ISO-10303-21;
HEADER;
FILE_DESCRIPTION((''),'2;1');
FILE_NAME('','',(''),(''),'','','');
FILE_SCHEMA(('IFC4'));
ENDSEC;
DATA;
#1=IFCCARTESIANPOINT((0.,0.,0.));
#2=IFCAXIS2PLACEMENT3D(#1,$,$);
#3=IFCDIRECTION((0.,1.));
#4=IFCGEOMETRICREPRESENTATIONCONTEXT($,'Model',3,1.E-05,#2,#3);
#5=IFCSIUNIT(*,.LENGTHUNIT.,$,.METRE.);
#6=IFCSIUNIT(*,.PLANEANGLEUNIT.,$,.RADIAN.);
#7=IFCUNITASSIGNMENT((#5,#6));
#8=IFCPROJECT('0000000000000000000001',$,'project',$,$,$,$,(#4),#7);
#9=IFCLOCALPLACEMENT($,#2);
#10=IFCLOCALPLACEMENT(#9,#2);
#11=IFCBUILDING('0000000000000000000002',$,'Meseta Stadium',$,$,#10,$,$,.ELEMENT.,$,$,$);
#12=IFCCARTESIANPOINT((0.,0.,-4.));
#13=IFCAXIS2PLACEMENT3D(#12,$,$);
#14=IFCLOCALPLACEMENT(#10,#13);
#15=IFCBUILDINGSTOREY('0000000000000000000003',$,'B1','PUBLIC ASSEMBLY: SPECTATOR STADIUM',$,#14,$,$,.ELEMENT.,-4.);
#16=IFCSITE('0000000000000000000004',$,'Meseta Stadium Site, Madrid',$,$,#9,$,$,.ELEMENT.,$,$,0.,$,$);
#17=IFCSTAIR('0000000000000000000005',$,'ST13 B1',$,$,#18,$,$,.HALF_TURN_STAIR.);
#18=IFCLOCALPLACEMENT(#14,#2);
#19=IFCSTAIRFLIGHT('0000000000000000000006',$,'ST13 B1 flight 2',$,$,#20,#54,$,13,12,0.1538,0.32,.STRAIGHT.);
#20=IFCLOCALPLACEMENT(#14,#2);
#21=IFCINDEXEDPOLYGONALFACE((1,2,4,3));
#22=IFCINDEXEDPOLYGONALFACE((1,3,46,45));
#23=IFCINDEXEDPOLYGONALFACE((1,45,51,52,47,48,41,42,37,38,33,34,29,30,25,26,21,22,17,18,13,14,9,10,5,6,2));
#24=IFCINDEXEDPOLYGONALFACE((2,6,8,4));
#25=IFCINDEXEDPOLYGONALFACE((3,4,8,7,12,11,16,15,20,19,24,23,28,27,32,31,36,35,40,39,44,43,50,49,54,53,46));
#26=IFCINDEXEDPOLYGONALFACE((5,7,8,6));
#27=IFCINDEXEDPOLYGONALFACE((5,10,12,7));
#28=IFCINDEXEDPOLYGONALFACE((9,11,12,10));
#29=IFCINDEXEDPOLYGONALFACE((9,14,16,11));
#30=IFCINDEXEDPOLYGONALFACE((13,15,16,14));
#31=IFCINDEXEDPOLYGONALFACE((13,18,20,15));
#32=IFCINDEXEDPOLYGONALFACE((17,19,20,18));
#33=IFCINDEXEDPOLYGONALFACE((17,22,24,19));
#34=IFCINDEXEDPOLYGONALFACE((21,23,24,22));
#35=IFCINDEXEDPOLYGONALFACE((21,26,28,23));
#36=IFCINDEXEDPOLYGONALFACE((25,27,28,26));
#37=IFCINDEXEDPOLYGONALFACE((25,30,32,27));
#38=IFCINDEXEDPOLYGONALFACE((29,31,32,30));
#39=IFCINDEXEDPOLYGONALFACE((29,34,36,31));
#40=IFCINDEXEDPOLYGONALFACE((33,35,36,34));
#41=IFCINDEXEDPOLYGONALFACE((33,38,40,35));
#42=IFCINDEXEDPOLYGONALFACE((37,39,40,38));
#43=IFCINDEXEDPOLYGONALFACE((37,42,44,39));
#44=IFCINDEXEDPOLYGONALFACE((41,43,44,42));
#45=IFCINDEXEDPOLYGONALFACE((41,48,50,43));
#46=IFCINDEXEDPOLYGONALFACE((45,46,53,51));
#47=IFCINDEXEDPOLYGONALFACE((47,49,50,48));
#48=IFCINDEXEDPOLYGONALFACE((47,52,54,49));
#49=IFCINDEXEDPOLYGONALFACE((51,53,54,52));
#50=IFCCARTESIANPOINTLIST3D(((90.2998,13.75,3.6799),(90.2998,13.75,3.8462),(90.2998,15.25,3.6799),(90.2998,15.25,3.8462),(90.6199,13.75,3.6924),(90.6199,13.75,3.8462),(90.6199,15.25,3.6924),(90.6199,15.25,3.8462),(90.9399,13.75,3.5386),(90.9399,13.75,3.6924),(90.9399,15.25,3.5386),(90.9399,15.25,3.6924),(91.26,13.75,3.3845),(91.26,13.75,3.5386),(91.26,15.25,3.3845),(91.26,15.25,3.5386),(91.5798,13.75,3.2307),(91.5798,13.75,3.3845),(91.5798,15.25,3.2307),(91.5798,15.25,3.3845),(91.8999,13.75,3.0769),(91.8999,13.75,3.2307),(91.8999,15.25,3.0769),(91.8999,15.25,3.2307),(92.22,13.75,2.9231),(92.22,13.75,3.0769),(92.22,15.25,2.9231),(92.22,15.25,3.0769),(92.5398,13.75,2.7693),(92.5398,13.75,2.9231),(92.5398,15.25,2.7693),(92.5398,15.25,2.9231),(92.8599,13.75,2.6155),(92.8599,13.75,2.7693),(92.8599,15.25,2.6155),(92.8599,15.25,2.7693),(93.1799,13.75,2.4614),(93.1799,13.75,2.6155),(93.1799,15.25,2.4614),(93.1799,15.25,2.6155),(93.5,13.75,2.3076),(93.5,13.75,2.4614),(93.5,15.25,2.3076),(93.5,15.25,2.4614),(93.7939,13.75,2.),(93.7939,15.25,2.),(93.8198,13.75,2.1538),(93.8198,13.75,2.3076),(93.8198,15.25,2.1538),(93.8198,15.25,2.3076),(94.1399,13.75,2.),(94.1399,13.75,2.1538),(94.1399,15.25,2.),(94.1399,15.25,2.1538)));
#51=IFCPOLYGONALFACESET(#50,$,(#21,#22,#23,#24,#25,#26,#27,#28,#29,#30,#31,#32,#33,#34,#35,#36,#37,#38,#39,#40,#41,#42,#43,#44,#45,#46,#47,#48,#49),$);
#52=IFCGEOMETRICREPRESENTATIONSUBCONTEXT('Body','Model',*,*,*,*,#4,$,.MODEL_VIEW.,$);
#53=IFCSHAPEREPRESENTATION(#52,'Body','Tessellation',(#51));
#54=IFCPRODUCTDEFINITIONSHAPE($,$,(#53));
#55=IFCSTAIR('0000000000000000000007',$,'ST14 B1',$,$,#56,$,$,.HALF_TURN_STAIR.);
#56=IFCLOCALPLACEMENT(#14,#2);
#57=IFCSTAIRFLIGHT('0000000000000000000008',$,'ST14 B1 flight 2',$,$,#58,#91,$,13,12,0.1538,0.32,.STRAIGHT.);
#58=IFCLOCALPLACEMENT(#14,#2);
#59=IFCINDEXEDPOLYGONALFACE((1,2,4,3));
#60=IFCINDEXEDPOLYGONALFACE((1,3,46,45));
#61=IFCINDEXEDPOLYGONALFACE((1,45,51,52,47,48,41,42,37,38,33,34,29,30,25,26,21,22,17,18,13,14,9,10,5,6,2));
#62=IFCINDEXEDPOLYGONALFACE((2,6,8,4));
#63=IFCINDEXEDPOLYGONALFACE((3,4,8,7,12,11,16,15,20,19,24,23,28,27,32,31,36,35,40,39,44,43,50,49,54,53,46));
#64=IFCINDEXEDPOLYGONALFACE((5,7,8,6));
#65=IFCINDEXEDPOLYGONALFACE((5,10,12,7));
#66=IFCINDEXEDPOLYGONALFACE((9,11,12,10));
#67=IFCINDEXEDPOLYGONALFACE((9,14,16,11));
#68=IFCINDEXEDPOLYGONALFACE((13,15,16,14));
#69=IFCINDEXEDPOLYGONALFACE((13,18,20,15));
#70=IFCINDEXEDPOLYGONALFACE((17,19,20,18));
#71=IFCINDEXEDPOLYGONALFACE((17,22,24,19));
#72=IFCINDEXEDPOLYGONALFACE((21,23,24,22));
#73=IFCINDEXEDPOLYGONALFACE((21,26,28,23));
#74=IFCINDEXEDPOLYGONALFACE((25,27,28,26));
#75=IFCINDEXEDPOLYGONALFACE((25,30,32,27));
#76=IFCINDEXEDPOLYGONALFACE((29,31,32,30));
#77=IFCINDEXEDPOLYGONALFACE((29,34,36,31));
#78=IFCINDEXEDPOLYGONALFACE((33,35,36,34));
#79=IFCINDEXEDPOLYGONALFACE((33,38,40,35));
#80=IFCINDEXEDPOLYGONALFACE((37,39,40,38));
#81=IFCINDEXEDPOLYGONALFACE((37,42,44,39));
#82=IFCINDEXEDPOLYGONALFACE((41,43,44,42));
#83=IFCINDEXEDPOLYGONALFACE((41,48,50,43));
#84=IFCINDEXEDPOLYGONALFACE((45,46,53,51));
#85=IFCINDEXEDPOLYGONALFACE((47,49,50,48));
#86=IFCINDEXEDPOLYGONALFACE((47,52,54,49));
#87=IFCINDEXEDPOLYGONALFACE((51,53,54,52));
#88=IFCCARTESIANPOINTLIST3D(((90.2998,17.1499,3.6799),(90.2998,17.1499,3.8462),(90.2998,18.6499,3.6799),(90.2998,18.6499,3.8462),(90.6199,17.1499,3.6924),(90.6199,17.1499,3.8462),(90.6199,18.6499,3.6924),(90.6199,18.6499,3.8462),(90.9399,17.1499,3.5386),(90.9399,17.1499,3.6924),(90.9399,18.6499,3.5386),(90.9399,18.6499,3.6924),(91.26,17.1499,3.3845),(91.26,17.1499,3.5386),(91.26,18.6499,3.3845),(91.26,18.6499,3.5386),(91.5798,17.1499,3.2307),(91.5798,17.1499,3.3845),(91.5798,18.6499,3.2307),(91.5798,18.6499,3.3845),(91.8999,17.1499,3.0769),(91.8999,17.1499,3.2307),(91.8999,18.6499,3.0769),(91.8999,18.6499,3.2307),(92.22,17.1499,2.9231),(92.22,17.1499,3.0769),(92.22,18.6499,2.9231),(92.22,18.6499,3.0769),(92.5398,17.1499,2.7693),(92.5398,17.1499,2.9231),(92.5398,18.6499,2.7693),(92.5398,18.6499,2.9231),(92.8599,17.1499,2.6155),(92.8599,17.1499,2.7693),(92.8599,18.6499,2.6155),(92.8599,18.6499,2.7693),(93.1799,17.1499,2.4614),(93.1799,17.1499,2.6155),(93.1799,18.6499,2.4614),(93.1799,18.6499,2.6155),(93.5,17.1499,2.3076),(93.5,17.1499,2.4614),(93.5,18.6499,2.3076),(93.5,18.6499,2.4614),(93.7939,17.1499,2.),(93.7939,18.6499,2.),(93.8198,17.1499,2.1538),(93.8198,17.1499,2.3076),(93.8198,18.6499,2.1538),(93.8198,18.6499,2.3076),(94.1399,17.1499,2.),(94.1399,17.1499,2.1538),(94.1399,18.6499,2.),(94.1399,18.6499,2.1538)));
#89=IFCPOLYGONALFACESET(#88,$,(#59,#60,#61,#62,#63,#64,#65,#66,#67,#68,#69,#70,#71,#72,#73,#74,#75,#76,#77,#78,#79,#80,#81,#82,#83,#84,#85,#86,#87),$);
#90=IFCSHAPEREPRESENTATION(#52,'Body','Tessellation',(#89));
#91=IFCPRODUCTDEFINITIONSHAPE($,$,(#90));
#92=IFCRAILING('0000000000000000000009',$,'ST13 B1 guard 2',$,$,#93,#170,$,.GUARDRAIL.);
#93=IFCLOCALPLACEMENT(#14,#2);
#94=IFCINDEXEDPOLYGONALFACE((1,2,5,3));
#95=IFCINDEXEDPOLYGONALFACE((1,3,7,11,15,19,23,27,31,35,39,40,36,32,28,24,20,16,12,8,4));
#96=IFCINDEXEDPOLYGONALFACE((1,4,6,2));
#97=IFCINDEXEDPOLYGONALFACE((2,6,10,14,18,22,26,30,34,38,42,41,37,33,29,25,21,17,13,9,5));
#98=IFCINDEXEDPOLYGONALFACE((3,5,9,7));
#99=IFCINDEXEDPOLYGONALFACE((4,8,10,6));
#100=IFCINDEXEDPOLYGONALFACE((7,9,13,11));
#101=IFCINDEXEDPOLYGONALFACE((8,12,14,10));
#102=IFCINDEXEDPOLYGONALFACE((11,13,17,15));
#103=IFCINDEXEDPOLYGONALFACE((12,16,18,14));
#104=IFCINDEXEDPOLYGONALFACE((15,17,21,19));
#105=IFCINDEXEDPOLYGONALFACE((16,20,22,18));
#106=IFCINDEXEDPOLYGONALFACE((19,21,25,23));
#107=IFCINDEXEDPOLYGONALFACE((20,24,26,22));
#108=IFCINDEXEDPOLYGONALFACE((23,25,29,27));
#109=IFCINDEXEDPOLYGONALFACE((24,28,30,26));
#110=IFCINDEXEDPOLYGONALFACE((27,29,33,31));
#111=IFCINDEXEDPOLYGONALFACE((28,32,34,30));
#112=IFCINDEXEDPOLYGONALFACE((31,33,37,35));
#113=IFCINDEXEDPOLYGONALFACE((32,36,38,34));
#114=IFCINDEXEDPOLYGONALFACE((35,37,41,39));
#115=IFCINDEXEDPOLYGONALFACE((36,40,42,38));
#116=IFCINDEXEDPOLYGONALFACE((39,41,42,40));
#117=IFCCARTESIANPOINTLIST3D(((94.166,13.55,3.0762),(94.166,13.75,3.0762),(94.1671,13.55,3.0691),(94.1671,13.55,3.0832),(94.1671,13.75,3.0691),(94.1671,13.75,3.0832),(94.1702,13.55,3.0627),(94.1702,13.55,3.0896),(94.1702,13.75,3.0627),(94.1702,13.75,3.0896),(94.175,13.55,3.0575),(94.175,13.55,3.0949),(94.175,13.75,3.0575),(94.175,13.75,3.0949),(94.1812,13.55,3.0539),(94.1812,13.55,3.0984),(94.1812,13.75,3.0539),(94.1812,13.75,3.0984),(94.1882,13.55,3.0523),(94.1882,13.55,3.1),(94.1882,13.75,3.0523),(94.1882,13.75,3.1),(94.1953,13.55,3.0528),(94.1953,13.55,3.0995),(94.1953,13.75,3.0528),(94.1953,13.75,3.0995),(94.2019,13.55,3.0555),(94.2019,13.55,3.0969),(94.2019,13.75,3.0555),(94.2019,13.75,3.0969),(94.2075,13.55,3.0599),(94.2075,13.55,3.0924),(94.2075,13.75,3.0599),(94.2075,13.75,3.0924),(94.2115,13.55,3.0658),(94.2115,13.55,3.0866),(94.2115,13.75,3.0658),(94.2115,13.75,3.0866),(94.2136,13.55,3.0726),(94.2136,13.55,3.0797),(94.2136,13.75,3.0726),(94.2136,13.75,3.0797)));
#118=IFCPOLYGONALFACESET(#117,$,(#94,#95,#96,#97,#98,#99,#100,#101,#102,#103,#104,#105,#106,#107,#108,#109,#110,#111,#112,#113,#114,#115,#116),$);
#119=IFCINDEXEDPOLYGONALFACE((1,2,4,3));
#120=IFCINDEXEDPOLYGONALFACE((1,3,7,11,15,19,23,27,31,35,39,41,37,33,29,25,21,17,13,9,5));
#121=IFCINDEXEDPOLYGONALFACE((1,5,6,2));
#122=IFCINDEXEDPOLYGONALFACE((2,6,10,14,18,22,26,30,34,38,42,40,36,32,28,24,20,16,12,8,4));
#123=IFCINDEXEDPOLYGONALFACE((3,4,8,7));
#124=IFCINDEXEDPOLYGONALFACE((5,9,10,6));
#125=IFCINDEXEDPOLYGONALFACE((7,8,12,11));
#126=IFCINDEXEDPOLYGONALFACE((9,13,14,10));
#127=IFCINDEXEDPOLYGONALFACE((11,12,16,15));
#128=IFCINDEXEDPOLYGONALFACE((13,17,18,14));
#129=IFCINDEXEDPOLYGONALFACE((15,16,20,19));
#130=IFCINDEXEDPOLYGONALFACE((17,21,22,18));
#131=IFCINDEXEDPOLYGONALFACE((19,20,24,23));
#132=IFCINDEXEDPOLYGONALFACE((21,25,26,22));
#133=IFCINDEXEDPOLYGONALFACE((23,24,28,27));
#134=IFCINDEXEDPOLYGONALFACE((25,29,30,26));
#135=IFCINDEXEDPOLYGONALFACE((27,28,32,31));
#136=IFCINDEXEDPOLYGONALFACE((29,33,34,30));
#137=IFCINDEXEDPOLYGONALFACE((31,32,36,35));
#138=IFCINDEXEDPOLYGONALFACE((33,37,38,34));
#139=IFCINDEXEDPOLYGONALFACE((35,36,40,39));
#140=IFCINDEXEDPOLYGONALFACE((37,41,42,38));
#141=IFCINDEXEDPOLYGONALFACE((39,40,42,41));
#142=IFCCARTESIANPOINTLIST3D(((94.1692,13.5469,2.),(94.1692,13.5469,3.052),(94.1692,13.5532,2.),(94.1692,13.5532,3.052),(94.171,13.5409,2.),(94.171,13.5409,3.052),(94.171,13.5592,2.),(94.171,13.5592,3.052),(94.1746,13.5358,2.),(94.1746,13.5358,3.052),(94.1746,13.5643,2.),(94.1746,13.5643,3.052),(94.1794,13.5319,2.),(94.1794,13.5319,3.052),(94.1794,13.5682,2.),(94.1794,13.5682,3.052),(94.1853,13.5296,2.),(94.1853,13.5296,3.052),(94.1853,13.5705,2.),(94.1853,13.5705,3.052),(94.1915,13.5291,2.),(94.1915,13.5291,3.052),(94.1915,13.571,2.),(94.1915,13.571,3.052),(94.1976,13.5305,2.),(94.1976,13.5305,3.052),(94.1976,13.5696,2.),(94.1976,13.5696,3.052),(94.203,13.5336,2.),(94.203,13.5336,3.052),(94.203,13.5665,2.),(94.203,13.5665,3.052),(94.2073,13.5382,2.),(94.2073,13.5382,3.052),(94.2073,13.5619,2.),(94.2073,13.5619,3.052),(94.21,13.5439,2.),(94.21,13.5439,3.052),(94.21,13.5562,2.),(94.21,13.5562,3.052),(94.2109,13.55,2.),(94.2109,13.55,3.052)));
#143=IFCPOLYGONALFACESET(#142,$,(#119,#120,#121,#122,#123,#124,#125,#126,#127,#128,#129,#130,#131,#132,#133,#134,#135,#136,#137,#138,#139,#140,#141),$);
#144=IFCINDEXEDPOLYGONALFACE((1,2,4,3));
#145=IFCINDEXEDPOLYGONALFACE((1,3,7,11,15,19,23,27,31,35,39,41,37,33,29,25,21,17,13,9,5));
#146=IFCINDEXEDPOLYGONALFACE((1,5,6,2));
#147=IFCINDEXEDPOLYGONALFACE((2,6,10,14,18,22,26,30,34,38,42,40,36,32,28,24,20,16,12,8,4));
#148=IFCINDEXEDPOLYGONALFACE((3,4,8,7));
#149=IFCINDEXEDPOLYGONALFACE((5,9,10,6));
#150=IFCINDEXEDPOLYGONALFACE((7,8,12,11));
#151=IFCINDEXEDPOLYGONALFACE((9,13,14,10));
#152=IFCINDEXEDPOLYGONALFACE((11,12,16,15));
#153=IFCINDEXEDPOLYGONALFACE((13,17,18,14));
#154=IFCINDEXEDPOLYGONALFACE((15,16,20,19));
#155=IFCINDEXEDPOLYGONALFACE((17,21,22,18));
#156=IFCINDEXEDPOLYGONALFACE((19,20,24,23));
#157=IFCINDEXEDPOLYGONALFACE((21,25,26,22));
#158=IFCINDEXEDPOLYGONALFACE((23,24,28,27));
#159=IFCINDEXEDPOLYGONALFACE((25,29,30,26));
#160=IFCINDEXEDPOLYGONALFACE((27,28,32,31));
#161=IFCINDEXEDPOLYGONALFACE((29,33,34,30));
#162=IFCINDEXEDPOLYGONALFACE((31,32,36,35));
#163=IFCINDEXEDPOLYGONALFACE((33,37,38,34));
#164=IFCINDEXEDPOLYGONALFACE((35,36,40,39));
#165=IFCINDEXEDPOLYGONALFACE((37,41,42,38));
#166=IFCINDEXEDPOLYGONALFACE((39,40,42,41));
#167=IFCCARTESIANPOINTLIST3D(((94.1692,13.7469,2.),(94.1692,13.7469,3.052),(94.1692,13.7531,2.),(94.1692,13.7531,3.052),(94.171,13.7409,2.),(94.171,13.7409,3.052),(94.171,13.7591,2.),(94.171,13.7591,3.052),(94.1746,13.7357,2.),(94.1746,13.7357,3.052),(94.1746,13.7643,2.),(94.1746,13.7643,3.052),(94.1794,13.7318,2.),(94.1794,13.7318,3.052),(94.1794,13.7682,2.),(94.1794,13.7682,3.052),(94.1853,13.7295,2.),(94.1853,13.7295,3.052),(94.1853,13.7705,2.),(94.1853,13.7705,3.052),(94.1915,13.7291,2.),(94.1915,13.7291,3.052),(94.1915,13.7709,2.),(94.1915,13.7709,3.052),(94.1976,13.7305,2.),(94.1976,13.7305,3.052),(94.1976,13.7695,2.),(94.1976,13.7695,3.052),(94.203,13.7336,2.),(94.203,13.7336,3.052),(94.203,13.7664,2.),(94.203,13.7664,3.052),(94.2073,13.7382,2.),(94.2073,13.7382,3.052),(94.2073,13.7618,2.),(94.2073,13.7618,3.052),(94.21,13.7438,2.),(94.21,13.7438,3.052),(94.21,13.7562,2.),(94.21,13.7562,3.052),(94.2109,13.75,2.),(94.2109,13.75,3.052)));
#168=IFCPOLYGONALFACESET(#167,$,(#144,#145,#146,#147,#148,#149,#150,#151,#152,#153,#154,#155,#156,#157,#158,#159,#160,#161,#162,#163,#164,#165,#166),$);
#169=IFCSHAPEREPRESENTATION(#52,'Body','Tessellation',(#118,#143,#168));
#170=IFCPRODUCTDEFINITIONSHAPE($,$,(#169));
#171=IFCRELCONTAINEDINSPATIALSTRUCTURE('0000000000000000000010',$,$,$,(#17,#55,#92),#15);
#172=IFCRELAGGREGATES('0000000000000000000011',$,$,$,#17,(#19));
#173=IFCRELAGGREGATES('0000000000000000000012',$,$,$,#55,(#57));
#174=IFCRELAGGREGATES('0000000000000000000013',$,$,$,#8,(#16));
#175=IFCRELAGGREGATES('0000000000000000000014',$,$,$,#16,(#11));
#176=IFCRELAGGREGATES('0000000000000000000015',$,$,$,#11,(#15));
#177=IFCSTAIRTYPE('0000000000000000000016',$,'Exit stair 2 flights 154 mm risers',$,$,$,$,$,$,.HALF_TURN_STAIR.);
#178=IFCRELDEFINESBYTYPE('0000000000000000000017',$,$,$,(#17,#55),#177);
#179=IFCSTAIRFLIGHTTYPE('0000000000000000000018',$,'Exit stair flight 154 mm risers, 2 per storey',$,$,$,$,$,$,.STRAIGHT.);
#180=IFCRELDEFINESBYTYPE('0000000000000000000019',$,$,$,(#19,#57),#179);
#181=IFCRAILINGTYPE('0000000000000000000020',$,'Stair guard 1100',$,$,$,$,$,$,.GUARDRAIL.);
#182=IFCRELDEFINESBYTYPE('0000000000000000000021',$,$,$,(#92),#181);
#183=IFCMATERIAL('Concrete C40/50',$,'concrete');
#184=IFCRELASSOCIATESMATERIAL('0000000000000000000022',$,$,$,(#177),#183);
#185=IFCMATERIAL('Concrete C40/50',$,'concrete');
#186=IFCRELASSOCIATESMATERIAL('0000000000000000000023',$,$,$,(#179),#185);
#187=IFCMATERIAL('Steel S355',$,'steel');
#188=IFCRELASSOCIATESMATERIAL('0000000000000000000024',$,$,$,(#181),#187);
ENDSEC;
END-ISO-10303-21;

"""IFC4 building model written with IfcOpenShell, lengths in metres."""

from ifc_helpers import new_model, si_unit, direction, frame, origin, origin_2d, place, context, subcontext, project, spatial, polyline, circle, outline, extrude, material, type_object, element, aggregate, save


model = new_model("IFC4")

# Units and contexts
model_context = context("Model", 3, precision=1e-05, world=origin(), true_north=direction((0.0, 1.0)))
body_context = subcontext(model_context, "Body", "Model", "MODEL_VIEW")
ifc_project = project(units=[si_unit("LENGTHUNIT", "METRE"), si_unit("PLANEANGLEUNIT", "RADIAN")], contexts=[model_context])

# Site, building, storey
site_placement = place(None, origin())
site = spatial("IfcSite", under=ifc_project, at=site_placement, Name="Meseta Stadium Site, Madrid", CompositionType="ELEMENT", RefElevation=0.0)
building_placement = place(site_placement, origin())
building = spatial("IfcBuilding", under=site, at=building_placement, Name="Meseta Stadium", CompositionType="ELEMENT")
storey_placement = place(building_placement, frame((0.0, 0.0, -4.0)))
storey = spatial("IfcBuildingStorey", under=building, at=storey_placement, Name="B1", Description="PUBLIC ASSEMBLY: SPECTATOR STADIUM", CompositionType="ELEMENT", Elevation=-4.0)

# Stairs, stair flights
ifc_material_1 = material(Name="Concrete C40/50", Category="concrete")
stair_type = type_object("IfcStairType", Name="Exit stair 2 flights 154 mm risers", PredefinedType="HALF_TURN_STAIR", material=ifc_material_1)
stair_1_placement = place(storey_placement, origin())
stair_1 = element("IfcStair", 1, at=stair_1_placement, inside=storey, type_object=stair_type, Name="ST13 B1", PredefinedType="HALF_TURN_STAIR")
ifc_material_2 = material(Name="Concrete C40/50", Category="concrete")
stair_flight_type = type_object("IfcStairFlightType", Name="Exit stair flight 154 mm risers, 2 per storey", PredefinedType="STRAIGHT", material=ifc_material_2)
stair_flight_1_placement = place(storey_placement, frame((94.1399, 14.5, 2.0), z_axis=(0.0, 0.0, 1.0), x_axis=(-1.0, 0.0, 0.0)))
stair_flight_1 = element("IfcStairFlight", 2, at=stair_flight_1_placement, type_object=stair_flight_type, Name="ST13 B1 flight 2", NumberOfRisers=13, NumberOfTreads=12, PredefinedType="STRAIGHT", RiserHeight=0.1538, TreadLength=0.32, context=body_context, shape_type="SweptSolid", body=[
    extrude(outline(polyline([(0.0, 0.0), (0.0, 0.1538), (0.3201, 0.1538), (0.3201, 0.3076), (0.6399, 0.3076), (0.6399, 0.4614), (0.96, 0.4614), (0.96, 0.6155), (1.28, 0.6155), (1.28, 0.7693), (1.6001, 0.7693), (1.6001, 0.9231), (1.9199, 0.9231), (1.9199, 1.0769), (2.24, 1.0769), (2.24, 1.2307), (2.5601, 1.2307), (2.5601, 1.3845), (2.8799, 1.3845), (2.8799, 1.5386), (3.2, 1.5386), (3.2, 1.6924), (3.52, 1.6924), (3.52, 1.8462), (3.8401, 1.8462), (3.8401, 1.6799), (0.3459, 0.0), (0.0, 0.0)])), frame((0.0, 0.75, 0.0), z_axis=(0.0, -1.0, 0.0), x_axis=(1.0, 0.0, 0.0)), (0.0, 0.0, 1.0), 1.5),
])
aggregate(stair_1, [stair_flight_1])
stair_2_placement = place(storey_placement, origin())
stair_2 = element("IfcStair", 3, at=stair_2_placement, inside=storey, type_object=stair_type, Name="ST14 B1", PredefinedType="HALF_TURN_STAIR")
stair_flight_2_placement = place(storey_placement, frame((94.1399, 17.8999, 2.0), z_axis=(0.0, 0.0, 1.0), x_axis=(-1.0, 0.0, 0.0)))
stair_flight_2 = element("IfcStairFlight", 4, at=stair_flight_2_placement, type_object=stair_flight_type, Name="ST14 B1 flight 2", NumberOfRisers=13, NumberOfTreads=12, PredefinedType="STRAIGHT", RiserHeight=0.1538, TreadLength=0.32, context=body_context, shape_type="SweptSolid", body=[
    extrude(outline(polyline([(0.0, 0.0), (0.0, 0.1538), (0.3201, 0.1538), (0.3201, 0.3076), (0.6399, 0.3076), (0.6399, 0.4614), (0.96, 0.4614), (0.96, 0.6155), (1.28, 0.6155), (1.28, 0.7693), (1.6001, 0.7693), (1.6001, 0.9231), (1.9199, 0.9231), (1.9199, 1.0769), (2.24, 1.0769), (2.24, 1.2307), (2.5601, 1.2307), (2.5601, 1.3845), (2.8799, 1.3845), (2.8799, 1.5386), (3.2, 1.5386), (3.2, 1.6924), (3.52, 1.6924), (3.52, 1.8462), (3.8401, 1.8462), (3.8401, 1.6799), (0.3459, 0.0), (0.0, 0.0)])), frame((0.0, 0.75, 0.0), z_axis=(0.0, -1.0, 0.0), x_axis=(1.0, 0.0, 0.0)), (0.0, 0.0, 1.0), 1.5),
])
aggregate(stair_2, [stair_flight_2])

# Railing
ifc_material_3 = material(Name="Steel S355", Category="steel")
railing_type_1 = type_object("IfcRailingType", Name="Stair guard 1100", PredefinedType="GUARDRAIL", material=ifc_material_3)
railing_1_placement = place(storey_placement, frame((94.1899, 13.55, 2.0)))
element("IfcRailing", 5, at=railing_1_placement, inside=storey, type_object=railing_type_1, Name="ST13 B1 guard 2", PredefinedType="GUARDRAIL", context=body_context, shape_type="SweptSolid", body=[
    extrude(circle(Radius=0.0239, at=origin_2d()), frame((0.0, 0.0, 1.0762), z_axis=(0.0, 1.0, 0.0), x_axis=(-1.0, 0.0, 0.0)), (0.0, 0.0, 1.0), 0.2),
    extrude(circle(Radius=0.021, at=origin_2d()), origin(), (0.0, 0.0, 1.0), 1.052),
    extrude(circle(Radius=0.021, at=origin_2d()), frame((0.0, 0.2, 0.0)), (0.0, 0.0, 1.0), 1.052),
])

save(model, "model.ifc")
